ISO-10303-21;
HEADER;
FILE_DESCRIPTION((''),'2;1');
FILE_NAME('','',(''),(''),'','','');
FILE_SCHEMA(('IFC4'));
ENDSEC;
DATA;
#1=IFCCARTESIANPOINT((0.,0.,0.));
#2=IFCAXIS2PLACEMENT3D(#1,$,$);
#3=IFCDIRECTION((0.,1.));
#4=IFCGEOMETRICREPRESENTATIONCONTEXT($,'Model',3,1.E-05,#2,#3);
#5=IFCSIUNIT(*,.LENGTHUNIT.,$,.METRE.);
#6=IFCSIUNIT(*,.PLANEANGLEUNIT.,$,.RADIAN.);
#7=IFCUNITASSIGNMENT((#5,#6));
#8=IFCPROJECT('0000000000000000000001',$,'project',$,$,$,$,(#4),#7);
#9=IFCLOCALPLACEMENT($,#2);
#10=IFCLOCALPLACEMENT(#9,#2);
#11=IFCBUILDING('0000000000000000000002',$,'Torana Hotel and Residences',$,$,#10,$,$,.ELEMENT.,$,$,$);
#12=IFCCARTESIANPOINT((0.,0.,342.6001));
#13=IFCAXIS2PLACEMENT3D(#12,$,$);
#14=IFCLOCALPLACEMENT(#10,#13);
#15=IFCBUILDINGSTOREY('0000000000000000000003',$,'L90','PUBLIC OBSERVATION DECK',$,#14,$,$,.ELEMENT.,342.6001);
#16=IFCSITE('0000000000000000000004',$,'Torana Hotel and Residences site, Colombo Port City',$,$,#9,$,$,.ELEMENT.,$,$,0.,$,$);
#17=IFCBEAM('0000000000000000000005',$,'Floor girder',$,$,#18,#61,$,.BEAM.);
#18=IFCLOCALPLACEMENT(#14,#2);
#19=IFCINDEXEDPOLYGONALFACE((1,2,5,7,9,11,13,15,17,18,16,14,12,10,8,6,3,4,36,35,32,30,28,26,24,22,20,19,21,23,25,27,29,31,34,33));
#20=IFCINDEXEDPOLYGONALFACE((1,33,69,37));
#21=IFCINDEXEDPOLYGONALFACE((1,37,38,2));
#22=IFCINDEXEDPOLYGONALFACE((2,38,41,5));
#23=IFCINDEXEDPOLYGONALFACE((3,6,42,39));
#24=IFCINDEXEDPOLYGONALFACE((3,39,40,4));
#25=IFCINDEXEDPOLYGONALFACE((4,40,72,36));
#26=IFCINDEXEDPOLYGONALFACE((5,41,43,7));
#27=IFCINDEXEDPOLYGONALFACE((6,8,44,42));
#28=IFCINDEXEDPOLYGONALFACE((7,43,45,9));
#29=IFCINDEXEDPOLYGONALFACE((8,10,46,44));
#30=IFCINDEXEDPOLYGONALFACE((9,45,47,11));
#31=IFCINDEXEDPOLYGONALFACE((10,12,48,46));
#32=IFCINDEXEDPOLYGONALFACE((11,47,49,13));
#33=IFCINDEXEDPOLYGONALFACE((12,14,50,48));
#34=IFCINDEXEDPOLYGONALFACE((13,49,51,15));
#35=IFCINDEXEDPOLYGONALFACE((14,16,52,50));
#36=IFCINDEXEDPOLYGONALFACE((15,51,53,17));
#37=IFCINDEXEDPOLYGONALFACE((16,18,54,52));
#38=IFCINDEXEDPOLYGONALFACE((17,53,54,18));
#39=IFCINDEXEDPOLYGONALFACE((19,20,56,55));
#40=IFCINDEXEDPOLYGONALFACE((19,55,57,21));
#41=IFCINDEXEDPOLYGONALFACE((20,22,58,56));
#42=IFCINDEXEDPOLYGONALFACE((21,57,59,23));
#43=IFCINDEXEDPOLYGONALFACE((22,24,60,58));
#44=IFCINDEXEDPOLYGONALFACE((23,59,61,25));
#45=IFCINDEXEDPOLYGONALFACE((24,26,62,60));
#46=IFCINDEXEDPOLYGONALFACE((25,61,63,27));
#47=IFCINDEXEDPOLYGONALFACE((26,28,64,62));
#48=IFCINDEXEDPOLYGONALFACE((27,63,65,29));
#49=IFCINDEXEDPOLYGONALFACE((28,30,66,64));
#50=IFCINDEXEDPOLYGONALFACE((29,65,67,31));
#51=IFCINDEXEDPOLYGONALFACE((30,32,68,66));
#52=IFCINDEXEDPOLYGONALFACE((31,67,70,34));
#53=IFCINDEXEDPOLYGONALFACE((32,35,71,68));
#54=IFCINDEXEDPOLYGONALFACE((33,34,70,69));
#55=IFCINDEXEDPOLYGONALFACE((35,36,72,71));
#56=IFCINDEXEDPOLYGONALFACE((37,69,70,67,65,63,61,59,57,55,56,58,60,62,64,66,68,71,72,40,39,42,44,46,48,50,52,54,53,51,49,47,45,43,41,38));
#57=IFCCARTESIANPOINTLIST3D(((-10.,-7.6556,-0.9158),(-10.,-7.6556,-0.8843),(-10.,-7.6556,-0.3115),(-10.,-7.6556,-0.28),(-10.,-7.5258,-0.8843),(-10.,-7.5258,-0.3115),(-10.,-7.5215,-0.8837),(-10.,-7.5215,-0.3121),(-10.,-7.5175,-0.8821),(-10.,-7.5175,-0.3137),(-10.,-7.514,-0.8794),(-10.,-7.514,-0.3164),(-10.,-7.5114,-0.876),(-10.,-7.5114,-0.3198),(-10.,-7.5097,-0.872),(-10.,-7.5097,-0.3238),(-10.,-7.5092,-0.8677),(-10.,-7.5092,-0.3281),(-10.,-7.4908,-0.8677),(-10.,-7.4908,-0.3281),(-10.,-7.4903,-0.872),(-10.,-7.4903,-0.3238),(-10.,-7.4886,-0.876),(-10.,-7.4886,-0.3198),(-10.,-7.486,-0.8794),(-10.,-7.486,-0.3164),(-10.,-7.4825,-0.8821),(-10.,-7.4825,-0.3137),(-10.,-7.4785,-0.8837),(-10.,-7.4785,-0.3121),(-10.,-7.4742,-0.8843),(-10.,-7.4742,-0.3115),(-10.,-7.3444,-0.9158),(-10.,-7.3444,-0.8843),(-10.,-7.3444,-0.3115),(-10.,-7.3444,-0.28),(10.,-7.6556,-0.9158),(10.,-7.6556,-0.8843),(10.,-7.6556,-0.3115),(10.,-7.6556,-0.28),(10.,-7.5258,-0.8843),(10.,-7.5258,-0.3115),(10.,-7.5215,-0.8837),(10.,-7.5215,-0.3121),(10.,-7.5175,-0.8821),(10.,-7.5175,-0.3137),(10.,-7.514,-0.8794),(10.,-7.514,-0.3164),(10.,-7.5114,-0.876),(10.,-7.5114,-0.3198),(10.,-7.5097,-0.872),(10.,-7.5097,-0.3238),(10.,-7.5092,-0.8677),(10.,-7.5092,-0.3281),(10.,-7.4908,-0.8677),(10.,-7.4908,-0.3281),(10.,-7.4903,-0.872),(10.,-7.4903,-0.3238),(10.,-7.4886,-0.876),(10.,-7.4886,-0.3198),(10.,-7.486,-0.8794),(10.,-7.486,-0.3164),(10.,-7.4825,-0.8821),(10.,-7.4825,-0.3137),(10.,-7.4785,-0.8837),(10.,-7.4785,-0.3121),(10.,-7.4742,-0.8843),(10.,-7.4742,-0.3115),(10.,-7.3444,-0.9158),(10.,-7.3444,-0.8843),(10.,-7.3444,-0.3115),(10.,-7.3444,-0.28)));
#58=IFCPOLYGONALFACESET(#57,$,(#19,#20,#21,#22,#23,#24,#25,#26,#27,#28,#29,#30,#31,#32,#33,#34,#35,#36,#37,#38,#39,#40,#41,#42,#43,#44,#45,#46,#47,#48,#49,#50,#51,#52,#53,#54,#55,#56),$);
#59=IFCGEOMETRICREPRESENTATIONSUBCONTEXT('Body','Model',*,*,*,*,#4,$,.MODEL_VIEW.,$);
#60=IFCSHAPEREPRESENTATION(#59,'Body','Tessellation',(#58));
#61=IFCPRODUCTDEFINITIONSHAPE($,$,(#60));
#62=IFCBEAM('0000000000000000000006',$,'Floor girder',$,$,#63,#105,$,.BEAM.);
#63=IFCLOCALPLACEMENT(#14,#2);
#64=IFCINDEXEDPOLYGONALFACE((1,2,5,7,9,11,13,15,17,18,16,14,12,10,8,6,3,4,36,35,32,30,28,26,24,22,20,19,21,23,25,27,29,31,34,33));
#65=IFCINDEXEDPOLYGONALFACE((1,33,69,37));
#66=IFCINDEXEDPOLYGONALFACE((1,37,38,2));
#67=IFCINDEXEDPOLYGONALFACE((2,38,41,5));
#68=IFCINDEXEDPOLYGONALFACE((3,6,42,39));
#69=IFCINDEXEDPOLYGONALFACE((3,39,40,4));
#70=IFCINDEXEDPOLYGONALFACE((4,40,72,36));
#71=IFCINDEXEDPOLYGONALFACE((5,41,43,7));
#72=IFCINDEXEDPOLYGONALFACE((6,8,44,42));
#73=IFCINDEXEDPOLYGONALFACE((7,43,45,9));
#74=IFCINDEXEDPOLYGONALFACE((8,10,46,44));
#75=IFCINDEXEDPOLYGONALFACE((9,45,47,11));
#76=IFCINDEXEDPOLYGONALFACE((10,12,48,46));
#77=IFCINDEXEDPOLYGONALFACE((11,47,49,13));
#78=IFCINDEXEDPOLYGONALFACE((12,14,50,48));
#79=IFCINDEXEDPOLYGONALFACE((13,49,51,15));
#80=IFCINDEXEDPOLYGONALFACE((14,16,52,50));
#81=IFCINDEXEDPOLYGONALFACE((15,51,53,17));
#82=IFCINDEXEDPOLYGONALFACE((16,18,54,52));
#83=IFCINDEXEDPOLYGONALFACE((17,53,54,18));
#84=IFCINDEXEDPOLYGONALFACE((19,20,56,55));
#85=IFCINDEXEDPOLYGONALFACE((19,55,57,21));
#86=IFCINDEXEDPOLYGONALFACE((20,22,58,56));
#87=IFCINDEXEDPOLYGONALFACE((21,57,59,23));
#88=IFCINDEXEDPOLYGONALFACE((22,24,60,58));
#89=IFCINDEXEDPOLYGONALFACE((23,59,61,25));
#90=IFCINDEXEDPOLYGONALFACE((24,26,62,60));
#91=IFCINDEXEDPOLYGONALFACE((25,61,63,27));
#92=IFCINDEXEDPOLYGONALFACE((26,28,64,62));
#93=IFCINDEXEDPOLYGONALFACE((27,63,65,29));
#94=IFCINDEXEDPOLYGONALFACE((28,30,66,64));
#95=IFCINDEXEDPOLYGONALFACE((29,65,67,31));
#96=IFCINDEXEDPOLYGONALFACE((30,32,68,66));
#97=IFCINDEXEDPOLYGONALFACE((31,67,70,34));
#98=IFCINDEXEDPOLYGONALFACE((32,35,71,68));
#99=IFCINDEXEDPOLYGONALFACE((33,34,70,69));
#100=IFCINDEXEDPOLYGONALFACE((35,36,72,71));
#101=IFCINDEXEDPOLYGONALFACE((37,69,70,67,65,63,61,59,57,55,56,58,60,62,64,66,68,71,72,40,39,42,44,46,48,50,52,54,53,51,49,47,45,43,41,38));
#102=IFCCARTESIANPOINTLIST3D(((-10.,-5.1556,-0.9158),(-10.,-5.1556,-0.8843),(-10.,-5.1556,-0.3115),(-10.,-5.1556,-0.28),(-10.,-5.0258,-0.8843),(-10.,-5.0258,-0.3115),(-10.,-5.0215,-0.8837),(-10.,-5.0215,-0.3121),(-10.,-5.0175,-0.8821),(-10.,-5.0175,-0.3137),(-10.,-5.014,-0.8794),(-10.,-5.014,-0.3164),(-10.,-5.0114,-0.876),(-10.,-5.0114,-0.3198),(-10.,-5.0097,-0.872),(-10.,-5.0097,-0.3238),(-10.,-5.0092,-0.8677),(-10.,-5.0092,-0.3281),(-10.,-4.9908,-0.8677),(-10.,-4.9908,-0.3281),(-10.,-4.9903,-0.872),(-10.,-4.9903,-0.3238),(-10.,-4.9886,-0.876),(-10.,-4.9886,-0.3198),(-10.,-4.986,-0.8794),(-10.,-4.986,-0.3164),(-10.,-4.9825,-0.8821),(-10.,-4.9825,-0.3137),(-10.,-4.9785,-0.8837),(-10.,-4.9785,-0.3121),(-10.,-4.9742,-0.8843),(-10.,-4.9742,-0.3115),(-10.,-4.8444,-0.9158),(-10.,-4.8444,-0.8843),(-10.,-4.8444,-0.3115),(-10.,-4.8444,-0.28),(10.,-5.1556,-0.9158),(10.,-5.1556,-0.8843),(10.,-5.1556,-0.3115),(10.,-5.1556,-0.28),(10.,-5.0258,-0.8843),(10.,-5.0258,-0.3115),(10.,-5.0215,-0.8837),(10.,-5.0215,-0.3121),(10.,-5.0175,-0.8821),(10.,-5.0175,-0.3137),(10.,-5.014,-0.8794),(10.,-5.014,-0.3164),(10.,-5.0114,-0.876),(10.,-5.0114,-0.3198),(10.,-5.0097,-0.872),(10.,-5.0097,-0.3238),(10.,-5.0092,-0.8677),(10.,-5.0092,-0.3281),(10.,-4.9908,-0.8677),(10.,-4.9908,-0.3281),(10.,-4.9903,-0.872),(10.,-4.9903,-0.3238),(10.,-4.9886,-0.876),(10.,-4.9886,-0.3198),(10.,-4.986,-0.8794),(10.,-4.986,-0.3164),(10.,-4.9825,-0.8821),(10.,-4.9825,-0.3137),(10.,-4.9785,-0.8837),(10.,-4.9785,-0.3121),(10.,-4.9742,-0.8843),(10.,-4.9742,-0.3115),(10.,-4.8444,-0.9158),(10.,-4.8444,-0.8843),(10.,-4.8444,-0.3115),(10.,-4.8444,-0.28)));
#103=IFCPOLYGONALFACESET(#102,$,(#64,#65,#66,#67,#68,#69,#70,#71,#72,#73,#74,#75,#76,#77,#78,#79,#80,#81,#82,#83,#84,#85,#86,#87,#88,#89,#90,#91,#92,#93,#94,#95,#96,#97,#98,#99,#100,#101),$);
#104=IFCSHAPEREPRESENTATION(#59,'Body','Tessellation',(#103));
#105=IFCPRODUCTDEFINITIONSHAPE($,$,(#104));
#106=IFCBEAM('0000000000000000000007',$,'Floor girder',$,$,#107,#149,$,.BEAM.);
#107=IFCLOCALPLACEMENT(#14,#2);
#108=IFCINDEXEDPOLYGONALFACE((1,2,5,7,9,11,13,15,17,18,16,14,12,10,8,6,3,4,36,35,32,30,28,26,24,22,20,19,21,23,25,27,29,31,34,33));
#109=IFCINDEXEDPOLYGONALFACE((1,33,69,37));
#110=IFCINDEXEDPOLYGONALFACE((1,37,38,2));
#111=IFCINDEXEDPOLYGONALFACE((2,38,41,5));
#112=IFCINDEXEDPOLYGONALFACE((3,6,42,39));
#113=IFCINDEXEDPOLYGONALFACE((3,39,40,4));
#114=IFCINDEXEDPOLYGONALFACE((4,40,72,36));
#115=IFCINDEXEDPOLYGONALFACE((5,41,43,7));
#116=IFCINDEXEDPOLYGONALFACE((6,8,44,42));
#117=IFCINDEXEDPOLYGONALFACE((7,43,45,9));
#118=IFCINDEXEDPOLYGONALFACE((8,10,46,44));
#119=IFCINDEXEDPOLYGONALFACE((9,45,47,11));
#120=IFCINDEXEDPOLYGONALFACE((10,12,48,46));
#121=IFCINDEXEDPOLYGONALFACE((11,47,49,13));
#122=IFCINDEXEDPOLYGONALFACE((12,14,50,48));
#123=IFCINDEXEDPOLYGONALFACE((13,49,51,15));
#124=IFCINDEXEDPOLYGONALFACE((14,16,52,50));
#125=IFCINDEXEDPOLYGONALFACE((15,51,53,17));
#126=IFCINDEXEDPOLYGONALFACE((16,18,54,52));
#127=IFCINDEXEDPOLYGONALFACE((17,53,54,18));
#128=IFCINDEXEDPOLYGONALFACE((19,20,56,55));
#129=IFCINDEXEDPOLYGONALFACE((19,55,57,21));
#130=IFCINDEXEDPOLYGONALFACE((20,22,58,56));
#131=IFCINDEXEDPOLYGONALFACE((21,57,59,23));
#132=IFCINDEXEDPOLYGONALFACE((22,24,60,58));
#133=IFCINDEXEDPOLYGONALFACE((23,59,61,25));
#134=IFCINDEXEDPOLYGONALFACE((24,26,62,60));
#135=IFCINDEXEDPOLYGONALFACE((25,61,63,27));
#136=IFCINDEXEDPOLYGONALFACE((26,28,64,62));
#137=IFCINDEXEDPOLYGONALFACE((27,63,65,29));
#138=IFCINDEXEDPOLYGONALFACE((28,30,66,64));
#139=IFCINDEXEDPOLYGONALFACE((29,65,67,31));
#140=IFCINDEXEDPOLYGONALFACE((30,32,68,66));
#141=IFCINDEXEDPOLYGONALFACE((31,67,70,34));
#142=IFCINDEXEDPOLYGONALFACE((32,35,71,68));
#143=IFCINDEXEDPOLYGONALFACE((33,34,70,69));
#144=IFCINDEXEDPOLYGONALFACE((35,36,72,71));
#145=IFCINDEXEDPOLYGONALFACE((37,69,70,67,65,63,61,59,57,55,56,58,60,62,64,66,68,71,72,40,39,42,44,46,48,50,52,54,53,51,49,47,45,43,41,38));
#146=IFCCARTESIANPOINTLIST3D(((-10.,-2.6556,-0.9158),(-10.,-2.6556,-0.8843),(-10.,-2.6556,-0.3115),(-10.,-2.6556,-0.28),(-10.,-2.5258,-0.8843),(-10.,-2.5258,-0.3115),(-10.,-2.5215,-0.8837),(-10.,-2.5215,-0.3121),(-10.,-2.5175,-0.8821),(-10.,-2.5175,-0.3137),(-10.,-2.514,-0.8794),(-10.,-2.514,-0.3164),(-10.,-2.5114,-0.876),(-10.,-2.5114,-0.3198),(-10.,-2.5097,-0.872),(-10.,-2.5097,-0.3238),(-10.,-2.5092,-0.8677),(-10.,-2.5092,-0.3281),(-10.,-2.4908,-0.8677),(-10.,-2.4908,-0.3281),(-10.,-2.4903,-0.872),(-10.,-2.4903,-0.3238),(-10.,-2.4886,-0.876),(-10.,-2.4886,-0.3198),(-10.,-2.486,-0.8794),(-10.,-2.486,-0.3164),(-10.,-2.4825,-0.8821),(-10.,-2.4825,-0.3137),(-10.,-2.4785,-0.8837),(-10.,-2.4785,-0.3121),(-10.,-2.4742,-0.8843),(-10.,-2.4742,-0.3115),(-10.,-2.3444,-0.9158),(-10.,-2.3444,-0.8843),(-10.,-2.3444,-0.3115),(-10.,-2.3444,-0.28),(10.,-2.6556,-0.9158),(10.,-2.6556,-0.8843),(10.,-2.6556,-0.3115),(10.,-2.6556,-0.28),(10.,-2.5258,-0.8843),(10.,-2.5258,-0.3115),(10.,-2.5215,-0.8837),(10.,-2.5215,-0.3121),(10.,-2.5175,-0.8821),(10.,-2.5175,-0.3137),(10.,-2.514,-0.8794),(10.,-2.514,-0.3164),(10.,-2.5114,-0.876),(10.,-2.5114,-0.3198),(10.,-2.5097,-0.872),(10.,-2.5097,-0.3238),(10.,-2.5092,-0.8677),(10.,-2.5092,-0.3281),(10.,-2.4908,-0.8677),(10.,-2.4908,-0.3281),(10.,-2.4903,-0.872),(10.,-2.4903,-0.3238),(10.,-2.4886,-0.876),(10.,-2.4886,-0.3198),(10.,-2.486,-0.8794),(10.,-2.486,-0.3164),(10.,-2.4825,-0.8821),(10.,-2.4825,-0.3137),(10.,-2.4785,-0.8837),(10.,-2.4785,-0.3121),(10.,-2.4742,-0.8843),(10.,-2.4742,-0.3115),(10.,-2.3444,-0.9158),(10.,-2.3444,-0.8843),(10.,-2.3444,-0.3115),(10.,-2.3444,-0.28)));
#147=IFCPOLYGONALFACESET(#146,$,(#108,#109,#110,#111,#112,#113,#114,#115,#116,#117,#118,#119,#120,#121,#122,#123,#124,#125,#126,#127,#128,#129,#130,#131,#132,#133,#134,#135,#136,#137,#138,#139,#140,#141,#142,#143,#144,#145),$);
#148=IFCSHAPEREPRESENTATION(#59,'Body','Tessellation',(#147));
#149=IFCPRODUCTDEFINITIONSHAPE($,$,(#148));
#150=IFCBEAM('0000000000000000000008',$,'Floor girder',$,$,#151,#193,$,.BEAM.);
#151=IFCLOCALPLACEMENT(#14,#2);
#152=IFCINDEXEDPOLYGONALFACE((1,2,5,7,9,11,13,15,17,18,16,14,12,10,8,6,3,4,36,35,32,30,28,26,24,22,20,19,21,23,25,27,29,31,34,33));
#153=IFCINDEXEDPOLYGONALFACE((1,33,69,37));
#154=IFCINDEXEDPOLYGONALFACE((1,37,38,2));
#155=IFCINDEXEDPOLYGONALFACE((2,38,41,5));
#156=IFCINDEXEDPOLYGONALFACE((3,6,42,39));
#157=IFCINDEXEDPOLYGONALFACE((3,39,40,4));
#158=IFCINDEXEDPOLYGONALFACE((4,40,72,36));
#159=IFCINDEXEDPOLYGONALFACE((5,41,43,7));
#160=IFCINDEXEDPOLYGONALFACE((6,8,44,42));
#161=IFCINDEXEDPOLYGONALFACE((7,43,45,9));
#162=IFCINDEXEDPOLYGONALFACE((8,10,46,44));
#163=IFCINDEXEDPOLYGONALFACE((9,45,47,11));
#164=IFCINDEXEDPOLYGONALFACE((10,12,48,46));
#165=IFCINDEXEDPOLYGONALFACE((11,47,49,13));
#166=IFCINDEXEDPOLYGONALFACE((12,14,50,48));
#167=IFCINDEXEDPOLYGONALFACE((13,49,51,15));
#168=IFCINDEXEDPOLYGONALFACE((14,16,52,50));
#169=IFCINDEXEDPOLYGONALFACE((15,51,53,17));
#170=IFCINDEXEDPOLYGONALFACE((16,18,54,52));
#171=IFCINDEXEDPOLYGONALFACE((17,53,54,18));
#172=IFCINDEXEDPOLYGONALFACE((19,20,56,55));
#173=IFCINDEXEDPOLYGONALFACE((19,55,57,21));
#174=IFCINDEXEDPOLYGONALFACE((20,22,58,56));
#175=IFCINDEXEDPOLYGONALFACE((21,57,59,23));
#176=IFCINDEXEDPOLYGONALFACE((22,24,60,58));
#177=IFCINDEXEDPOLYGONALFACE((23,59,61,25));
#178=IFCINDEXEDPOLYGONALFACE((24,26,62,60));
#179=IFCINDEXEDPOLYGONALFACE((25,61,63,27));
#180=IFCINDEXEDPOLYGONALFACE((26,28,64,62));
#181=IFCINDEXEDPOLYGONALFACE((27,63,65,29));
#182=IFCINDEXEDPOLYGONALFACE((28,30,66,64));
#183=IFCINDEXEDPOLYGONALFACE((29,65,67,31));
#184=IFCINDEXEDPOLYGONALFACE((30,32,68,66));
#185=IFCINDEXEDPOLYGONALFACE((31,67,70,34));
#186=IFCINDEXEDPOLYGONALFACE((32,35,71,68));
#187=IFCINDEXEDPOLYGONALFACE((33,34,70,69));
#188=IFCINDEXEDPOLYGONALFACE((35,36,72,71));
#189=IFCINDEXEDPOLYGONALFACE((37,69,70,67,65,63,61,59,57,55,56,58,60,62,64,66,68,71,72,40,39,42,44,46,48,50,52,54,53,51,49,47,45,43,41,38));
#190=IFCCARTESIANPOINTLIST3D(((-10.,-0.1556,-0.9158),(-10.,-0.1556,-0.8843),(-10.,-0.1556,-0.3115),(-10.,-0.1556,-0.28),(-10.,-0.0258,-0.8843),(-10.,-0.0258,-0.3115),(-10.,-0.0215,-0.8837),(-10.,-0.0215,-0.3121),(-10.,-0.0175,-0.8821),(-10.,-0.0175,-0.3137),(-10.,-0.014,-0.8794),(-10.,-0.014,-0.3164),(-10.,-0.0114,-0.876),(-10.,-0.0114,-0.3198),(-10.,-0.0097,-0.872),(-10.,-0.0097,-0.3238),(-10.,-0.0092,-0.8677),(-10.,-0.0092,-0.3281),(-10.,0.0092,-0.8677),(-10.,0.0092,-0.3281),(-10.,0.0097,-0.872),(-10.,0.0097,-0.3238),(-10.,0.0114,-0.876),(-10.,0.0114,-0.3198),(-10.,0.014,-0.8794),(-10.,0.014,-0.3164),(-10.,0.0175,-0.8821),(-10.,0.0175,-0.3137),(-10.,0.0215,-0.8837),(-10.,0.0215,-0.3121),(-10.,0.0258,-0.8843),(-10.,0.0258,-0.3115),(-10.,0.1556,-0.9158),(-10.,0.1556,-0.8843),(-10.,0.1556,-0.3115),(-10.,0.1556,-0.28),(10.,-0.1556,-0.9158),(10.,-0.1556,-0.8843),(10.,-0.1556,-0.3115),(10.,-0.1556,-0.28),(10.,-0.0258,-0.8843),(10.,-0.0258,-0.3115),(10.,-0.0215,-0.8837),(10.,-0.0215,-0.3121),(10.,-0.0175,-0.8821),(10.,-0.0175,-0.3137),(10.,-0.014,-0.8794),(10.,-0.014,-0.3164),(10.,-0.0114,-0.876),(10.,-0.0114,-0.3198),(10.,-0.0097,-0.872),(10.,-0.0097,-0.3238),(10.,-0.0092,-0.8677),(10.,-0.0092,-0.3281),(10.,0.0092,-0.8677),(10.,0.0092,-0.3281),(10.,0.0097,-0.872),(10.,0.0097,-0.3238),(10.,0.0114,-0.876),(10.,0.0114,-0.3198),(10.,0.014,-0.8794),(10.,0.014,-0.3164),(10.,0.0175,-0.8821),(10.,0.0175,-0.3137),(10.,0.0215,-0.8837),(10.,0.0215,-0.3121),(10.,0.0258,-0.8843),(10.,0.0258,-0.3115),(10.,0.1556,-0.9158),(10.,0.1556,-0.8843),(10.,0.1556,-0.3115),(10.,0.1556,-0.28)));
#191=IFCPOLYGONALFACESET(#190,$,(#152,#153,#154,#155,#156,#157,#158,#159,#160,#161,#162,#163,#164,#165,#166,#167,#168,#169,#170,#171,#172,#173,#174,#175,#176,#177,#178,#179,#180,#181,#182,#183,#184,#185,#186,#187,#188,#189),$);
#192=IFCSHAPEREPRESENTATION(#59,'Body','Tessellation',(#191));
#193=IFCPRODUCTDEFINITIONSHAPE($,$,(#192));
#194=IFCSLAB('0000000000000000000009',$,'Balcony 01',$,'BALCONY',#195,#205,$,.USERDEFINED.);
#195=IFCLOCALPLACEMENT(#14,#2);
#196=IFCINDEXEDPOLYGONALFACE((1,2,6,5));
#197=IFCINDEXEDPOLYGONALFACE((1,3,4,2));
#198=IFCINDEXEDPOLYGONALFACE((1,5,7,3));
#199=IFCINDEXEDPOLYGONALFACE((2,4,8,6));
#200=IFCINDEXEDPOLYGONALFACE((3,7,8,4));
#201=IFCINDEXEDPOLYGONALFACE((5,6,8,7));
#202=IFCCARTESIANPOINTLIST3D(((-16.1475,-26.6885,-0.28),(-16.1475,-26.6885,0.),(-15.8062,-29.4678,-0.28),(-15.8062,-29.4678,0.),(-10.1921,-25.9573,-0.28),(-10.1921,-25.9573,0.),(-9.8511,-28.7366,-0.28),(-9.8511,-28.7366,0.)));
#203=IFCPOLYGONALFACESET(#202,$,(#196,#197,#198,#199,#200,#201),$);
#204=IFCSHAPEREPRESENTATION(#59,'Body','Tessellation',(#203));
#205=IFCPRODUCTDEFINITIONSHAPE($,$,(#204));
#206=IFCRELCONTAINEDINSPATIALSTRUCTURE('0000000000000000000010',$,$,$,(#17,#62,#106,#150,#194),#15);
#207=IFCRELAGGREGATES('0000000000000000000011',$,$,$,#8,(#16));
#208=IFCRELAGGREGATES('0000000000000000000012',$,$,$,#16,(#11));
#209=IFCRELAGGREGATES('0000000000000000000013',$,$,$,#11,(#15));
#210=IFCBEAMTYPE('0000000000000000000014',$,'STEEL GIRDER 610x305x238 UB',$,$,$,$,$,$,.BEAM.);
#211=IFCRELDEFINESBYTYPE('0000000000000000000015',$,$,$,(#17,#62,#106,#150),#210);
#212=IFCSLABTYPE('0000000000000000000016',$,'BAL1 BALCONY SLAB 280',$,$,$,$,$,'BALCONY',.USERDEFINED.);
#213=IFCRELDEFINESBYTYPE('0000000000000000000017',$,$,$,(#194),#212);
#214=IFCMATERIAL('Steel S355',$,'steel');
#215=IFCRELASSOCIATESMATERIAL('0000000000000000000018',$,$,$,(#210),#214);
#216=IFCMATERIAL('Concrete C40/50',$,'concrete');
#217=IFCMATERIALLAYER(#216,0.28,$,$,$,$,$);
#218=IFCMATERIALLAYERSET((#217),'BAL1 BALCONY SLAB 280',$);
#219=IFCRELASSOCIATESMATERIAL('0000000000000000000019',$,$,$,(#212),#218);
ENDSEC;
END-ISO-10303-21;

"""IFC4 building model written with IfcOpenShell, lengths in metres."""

from ifc_helpers import new_model, si_unit, direction, frame, origin, origin_2d, place, context, subcontext, project, spatial, polyline, i_section, outline, extrude, material, layer, layer_set, material_profile, profile_set, type_object, element, save


model = new_model("IFC4")

# Units and contexts
model_context = context("Model", 3, precision=1e-05, world=origin(), true_north=direction((0.0, 1.0)))
body_context = subcontext(model_context, "Body", "Model", "MODEL_VIEW")
ifc_project = project(units=[si_unit("LENGTHUNIT", "METRE"), si_unit("PLANEANGLEUNIT", "RADIAN")], contexts=[model_context])

# Site, building, storey
site_placement = place(None, origin())
site = spatial("IfcSite", under=ifc_project, at=site_placement, Name="Torana Hotel and Residences site, Colombo Port City", CompositionType="ELEMENT", RefElevation=0.0)
building_placement = place(site_placement, origin())
building = spatial("IfcBuilding", under=site, at=building_placement, Name="Torana Hotel and Residences", CompositionType="ELEMENT")
storey_placement = place(building_placement, frame((0.0, 0.0, 342.6001)))
storey = spatial("IfcBuildingStorey", under=building, at=storey_placement, Name="L90", Description="PUBLIC OBSERVATION DECK", CompositionType="ELEMENT", Elevation=342.6001)

# Beams
ifc_material_1 = material(Name="Steel S355", Category="steel")
ifc_material_profile = material_profile(ifc_material_1, i_section(OverallWidth=0.3113, OverallDepth=0.6357, WebThickness=0.0183, FlangeThickness=0.0315, FilletRadius=0.0166, at=origin_2d()), Name="610x305x238 UB")
ifc_profile_set = profile_set([ifc_material_profile], Name="Steel S355")
beam_type = type_object("IfcBeamType", Name="STEEL GIRDER 610x305x238 UB", PredefinedType="BEAM", material=ifc_profile_set)
for number, where, z_axis, x_axis, name in (
    (1, (-10.0, -7.5, -0.5979), (1.0, 0.0, 0.0), (0.0, 1.0, 0.0), "Floor girder"),
    (2, (-10.0, -5.0, -0.5979), (1.0, 0.0, 0.0), (0.0, 1.0, 0.0), "Floor girder"),
    (3, (-10.0, -2.5, -0.5979), (1.0, 0.0, 0.0), (0.0, 1.0, 0.0), "Floor girder"),
    (4, (-10.0, 0.0, -0.5979), (1.0, 0.0, 0.0), (0.0, 1.0, 0.0), "Floor girder"),
):
    element("IfcBeam", number, at=place(storey_placement, frame(where, z_axis=z_axis, x_axis=x_axis)), inside=storey, type_object=beam_type, Name=name, PredefinedType="BEAM", context=body_context, shape_type="SweptSolid", body=[
        extrude(i_section(OverallWidth=0.3113, OverallDepth=0.6357, WebThickness=0.0183, FlangeThickness=0.0315, FilletRadius=0.0166, at=origin_2d()), origin(), (0.0, 0.0, 1.0), 20.0),
    ])

# Slab
ifc_material_2 = material(Name="Concrete C40/50", Category="concrete")
ifc_layer_1 = layer(ifc_material_2, 0.28)
ifc_layer_set_1 = layer_set([ifc_layer_1], Name="BAL1 BALCONY SLAB 280")
slab_type_1 = type_object("IfcSlabType", Name="BAL1 BALCONY SLAB 280", ElementType="BALCONY", PredefinedType="USERDEFINED", material=ifc_layer_set_1)
slab_1_placement = place(storey_placement, frame((0.0, 0.0, -0.28)))
element("IfcSlab", 5, at=slab_1_placement, inside=storey, type_object=slab_type_1, Name="Balcony 01", ObjectType="BALCONY", PredefinedType="USERDEFINED", context=body_context, shape_type="SweptSolid", body=[
    extrude(outline(polyline([(-15.8062, -29.4678), (-9.8511, -28.7366), (-10.1921, -25.9573), (-16.1475, -26.6885), (-15.8062, -29.4678)])), origin(), (0.0, 0.0, 1.0), 0.28),
])

save(model, "model.ifc")
